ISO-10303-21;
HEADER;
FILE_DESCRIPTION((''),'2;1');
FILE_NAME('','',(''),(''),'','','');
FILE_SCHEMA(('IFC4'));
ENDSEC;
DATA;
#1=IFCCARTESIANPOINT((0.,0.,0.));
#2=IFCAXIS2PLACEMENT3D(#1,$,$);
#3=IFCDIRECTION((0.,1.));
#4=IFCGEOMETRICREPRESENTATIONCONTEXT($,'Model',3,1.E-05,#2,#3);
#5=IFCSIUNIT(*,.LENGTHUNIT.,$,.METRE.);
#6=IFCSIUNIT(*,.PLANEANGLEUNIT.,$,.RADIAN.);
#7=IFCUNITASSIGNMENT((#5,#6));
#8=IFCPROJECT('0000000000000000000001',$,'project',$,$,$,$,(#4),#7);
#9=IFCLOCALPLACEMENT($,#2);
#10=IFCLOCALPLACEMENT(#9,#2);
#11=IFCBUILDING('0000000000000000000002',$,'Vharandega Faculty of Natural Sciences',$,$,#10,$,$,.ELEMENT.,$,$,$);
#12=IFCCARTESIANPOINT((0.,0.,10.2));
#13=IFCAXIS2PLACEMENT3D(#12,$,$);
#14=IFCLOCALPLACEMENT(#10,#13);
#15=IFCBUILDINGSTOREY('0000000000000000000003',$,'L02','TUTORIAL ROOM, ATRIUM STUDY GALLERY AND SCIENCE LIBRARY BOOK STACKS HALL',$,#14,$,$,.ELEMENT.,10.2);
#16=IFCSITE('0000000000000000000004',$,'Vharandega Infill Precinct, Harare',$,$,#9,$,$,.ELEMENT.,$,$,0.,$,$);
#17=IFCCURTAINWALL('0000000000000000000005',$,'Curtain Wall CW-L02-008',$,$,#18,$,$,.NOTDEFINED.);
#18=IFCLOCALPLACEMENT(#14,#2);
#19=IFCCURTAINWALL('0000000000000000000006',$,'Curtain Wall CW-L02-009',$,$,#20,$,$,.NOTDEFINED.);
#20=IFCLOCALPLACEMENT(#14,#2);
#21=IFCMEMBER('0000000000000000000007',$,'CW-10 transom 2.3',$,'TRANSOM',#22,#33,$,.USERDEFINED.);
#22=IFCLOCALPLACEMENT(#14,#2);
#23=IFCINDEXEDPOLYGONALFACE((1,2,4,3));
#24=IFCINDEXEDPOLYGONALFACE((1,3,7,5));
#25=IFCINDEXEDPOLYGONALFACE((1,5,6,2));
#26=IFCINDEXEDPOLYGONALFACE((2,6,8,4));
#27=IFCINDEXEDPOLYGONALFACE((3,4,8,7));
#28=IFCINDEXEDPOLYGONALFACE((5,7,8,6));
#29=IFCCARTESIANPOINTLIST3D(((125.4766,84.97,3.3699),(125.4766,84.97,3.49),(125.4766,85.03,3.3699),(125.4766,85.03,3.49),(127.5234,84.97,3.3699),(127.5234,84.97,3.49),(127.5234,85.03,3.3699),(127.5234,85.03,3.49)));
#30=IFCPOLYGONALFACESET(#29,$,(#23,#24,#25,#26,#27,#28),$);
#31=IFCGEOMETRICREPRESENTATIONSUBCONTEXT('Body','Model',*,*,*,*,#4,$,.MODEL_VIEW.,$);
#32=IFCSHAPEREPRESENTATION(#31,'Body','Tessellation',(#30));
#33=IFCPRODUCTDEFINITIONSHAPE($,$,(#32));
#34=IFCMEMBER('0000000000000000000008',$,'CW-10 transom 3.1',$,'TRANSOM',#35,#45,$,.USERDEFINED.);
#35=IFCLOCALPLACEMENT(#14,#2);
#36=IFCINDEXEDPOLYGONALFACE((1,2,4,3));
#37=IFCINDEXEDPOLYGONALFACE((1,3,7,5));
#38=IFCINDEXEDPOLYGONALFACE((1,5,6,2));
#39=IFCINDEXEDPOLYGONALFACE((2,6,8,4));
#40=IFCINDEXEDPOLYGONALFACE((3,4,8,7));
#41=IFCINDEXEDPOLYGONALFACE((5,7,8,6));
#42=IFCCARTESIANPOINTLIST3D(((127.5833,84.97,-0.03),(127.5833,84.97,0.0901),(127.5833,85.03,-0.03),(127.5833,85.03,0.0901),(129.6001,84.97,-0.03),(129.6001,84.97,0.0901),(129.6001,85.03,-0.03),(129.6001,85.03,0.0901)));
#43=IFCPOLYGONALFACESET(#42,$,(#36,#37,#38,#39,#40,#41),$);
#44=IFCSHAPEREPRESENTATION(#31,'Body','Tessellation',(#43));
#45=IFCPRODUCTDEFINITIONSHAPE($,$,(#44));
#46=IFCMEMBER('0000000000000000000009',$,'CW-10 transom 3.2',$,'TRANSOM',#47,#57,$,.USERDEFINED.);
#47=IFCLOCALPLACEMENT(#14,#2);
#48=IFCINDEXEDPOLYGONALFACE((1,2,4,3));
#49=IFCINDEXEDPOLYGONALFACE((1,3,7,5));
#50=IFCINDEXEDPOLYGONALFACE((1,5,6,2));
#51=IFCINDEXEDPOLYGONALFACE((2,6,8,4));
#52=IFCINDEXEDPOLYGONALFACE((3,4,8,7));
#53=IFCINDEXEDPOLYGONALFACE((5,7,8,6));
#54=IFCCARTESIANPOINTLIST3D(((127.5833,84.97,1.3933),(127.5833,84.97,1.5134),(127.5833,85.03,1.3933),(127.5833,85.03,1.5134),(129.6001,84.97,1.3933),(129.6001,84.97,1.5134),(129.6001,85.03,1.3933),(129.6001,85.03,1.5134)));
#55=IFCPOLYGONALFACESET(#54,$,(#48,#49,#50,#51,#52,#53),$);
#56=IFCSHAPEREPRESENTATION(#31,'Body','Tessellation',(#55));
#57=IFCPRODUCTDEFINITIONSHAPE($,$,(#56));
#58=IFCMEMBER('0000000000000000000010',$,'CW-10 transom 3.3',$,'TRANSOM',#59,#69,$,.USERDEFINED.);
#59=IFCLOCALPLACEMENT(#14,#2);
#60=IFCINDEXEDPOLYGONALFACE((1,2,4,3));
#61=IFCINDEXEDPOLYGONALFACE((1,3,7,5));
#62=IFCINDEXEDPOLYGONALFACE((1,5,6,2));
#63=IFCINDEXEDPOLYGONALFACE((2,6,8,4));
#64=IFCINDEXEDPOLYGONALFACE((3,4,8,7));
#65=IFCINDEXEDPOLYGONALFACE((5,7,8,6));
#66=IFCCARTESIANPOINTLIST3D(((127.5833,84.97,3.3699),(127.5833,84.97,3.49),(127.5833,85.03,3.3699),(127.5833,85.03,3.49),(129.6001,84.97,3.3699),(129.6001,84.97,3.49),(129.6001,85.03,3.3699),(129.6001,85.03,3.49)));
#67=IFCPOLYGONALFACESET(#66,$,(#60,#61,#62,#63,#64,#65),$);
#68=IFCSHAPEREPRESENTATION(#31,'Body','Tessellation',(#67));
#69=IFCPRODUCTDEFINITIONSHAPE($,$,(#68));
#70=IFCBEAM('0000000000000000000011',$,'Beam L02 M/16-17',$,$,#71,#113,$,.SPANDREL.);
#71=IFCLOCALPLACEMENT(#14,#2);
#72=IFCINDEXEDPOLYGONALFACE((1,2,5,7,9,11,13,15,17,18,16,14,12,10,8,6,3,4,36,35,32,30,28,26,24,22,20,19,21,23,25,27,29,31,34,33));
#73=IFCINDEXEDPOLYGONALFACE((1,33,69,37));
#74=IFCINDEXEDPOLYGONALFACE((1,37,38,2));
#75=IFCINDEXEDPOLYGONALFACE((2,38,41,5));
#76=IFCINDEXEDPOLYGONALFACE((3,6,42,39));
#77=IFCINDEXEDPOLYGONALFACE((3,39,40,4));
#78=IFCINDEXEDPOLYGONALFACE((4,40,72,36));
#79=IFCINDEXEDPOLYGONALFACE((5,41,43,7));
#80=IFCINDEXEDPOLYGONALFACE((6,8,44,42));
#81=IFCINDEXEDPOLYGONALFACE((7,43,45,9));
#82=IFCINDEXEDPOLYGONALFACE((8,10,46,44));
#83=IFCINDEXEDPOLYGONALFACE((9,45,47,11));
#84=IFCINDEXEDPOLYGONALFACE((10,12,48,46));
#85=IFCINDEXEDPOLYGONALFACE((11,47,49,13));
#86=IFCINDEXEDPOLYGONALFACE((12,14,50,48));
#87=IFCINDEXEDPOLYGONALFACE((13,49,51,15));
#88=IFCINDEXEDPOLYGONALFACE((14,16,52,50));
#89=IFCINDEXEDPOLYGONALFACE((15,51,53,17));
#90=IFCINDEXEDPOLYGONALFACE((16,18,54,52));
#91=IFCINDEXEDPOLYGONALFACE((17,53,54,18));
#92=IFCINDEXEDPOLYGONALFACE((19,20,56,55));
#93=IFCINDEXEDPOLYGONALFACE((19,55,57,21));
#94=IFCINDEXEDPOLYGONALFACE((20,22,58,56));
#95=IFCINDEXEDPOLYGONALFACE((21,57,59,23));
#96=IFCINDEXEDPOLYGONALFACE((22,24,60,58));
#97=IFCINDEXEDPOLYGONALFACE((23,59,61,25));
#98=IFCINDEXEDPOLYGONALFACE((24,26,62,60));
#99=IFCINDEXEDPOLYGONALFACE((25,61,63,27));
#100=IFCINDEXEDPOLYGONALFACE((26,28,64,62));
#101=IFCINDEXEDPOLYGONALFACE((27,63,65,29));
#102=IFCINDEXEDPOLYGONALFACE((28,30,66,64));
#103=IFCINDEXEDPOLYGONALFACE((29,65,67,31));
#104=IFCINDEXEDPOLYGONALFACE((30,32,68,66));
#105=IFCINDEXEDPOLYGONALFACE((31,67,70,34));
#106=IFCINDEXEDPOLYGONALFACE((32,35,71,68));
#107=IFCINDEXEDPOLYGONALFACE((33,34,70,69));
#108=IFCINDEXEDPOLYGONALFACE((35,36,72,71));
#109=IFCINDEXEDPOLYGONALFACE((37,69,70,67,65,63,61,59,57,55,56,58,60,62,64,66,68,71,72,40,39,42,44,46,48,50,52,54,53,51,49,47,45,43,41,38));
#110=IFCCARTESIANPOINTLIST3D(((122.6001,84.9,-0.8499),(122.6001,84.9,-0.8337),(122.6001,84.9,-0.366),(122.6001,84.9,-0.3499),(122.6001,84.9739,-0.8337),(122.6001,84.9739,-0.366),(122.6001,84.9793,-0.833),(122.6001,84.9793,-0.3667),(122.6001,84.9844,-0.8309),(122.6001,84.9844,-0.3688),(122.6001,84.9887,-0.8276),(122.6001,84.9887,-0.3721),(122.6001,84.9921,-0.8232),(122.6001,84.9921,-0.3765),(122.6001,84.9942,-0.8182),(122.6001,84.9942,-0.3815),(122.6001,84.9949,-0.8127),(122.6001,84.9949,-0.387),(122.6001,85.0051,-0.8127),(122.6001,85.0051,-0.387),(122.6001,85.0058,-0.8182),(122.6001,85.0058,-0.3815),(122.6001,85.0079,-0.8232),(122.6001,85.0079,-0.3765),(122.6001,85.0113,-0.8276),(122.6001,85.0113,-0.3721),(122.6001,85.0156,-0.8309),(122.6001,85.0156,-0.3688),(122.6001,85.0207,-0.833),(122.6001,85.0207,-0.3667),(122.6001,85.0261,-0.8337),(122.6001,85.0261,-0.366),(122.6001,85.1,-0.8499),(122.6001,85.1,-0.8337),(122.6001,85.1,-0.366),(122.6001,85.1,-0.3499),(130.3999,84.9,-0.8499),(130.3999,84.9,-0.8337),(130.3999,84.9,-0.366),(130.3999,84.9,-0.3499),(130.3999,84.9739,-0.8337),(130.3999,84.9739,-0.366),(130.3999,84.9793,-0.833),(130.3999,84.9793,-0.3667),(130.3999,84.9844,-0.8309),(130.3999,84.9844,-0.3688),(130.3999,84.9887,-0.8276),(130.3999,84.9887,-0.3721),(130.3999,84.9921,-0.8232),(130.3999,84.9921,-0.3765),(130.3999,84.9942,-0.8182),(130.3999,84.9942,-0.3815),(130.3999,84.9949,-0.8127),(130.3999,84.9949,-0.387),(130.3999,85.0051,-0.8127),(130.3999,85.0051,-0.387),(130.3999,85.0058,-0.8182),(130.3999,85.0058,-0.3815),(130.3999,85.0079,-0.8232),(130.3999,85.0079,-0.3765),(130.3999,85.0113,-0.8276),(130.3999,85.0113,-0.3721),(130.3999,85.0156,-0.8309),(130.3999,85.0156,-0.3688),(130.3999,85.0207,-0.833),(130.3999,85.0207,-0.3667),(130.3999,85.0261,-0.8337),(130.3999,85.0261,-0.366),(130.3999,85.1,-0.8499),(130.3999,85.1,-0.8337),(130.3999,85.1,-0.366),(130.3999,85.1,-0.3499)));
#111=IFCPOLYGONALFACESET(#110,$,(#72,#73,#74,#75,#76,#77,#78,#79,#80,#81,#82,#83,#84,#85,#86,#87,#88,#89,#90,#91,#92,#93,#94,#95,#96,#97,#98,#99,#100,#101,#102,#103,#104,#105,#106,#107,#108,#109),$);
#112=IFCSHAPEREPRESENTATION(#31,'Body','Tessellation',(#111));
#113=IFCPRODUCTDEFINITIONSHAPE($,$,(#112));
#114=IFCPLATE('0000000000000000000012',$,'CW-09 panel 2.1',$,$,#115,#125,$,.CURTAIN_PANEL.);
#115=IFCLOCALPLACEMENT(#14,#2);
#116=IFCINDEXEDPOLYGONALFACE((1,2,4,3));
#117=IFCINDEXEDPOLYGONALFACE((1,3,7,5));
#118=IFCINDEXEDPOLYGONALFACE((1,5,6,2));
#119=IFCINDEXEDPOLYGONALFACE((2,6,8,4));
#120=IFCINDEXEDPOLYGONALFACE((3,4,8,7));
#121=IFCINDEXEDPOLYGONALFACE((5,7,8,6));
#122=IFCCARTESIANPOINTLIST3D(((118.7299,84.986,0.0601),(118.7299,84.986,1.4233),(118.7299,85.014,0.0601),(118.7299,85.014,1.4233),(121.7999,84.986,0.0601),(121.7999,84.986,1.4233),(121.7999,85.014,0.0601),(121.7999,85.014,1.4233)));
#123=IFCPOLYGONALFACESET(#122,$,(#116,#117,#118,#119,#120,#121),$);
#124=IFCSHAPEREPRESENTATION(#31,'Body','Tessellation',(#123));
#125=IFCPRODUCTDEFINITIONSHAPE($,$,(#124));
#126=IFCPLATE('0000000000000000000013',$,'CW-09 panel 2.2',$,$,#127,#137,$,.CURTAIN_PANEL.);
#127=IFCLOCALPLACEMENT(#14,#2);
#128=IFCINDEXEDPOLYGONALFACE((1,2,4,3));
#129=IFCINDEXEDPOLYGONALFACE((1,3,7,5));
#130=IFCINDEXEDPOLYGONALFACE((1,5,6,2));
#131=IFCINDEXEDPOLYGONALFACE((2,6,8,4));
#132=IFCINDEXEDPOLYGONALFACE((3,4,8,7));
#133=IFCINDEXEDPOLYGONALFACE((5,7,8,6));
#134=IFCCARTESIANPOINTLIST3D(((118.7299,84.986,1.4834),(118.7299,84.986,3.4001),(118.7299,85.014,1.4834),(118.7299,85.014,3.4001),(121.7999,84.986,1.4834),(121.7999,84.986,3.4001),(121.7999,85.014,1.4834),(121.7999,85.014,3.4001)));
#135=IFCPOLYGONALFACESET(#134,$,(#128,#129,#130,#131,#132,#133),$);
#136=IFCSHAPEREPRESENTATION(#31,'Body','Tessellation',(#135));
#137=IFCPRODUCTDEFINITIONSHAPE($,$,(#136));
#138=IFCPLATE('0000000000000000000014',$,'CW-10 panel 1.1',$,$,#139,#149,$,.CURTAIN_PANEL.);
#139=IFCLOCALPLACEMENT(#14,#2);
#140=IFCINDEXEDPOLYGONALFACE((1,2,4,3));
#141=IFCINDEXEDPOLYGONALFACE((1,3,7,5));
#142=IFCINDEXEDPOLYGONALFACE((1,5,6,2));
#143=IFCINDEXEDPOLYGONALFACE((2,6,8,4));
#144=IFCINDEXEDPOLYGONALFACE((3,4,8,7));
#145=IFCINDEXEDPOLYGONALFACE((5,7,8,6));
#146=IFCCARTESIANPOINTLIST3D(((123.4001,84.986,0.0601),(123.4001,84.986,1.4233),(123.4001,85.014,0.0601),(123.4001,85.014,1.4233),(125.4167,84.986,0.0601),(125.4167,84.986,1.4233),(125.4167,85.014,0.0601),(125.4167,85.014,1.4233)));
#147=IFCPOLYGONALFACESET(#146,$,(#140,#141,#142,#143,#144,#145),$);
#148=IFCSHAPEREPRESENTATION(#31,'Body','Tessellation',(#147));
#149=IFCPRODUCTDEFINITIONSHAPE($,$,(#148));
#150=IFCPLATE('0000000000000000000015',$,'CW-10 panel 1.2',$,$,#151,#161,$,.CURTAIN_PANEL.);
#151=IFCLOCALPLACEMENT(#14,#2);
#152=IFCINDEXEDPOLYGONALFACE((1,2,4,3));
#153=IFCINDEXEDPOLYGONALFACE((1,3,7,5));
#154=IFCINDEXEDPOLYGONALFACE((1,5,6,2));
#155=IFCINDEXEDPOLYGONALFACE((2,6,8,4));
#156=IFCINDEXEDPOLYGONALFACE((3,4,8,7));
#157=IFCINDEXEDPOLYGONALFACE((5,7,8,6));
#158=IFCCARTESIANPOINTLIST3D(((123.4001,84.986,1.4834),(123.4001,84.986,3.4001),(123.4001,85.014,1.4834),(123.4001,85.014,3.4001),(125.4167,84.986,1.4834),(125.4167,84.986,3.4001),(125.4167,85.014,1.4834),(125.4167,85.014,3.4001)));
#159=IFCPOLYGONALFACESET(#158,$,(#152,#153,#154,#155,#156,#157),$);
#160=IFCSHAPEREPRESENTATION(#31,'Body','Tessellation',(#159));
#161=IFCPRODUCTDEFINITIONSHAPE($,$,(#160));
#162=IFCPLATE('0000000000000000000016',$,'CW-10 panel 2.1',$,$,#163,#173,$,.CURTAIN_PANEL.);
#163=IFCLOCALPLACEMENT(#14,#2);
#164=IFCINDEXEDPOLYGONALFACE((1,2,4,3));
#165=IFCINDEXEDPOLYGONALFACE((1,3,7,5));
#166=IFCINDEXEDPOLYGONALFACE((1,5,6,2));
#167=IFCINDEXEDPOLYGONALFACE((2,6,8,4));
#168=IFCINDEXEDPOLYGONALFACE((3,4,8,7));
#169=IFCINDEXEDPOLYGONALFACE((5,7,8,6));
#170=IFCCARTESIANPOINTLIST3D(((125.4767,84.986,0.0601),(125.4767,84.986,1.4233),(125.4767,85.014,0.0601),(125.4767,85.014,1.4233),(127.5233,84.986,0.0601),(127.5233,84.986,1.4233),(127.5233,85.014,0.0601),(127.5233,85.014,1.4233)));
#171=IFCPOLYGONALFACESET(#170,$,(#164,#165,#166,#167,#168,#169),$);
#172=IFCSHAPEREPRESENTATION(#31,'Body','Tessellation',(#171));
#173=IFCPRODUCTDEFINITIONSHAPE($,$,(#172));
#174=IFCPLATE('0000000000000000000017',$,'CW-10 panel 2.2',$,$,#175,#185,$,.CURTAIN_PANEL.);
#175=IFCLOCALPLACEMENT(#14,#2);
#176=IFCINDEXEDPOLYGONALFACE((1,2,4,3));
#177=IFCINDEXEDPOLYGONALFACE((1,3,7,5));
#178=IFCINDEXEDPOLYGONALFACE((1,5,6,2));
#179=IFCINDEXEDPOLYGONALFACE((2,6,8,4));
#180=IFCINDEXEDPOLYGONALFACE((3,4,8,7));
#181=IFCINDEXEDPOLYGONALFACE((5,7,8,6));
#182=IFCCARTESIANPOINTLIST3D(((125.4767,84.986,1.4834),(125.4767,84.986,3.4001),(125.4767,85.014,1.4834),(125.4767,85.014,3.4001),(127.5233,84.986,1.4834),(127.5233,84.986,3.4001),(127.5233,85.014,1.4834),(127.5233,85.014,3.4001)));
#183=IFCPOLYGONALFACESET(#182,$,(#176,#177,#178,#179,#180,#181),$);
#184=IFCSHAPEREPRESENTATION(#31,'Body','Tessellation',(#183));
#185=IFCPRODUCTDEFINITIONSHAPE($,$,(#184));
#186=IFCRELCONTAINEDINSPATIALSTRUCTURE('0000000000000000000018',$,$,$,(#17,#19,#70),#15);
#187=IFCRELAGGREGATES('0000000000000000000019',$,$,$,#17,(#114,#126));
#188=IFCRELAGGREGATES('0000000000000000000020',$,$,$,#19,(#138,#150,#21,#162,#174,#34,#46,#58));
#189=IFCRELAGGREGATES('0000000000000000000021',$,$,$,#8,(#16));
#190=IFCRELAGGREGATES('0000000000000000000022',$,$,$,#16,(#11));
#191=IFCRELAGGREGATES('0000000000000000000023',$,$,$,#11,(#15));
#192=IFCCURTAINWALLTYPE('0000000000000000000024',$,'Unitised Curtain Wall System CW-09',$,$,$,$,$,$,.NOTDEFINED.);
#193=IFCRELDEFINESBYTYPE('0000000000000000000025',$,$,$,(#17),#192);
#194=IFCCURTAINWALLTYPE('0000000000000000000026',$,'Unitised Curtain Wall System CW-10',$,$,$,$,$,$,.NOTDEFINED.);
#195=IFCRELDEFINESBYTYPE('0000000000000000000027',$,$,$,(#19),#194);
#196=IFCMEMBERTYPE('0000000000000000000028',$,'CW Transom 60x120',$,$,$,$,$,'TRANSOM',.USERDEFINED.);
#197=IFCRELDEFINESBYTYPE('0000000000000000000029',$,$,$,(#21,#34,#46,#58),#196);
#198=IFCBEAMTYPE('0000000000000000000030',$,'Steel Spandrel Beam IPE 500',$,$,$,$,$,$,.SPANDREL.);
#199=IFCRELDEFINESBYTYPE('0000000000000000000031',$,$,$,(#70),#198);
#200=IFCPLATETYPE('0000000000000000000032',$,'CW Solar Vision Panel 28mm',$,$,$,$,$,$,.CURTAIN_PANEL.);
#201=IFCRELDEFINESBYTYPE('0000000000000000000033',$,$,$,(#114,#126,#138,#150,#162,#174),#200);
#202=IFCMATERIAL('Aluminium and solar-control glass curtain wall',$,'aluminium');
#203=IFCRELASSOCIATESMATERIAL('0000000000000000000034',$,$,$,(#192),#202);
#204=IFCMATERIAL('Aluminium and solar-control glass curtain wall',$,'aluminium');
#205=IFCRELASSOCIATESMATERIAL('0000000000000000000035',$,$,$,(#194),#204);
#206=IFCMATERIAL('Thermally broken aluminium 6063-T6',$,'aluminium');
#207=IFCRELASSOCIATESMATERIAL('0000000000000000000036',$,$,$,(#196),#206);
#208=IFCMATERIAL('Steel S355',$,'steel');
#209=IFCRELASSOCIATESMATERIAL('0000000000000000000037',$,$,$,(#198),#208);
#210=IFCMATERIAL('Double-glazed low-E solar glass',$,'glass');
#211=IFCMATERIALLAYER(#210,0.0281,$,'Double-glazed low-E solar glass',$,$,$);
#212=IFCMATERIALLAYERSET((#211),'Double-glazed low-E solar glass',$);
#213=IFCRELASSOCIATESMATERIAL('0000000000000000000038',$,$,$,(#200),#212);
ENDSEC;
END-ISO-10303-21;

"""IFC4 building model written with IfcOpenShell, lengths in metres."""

from ifc_helpers import new_model, si_unit, direction, frame, origin, origin_2d, place, context, subcontext, project, spatial, rectangle, i_section, extrude, material, layer, layer_set, material_profile, profile_set, type_object, element, aggregate, save


model = new_model("IFC4")

# Units and contexts
model_context = context("Model", 3, precision=1e-05, world=origin(), true_north=direction((0.0, 1.0)))
body_context = subcontext(model_context, "Body", "Model", "MODEL_VIEW")
ifc_project = project(units=[si_unit("LENGTHUNIT", "METRE"), si_unit("PLANEANGLEUNIT", "RADIAN")], contexts=[model_context])

# Site, building, storey
site_placement = place(None, origin())
site = spatial("IfcSite", under=ifc_project, at=site_placement, Name="Vharandega Infill Precinct, Harare", CompositionType="ELEMENT", RefElevation=0.0)
building_placement = place(site_placement, origin())
building = spatial("IfcBuilding", under=site, at=building_placement, Name="Vharandega Faculty of Natural Sciences", CompositionType="ELEMENT")
storey_placement = place(building_placement, frame((0.0, 0.0, 10.2)))
storey = spatial("IfcBuildingStorey", under=building, at=storey_placement, Name="L02", Description="TUTORIAL ROOM, ATRIUM STUDY GALLERY AND SCIENCE LIBRARY BOOK STACKS HALL", CompositionType="ELEMENT", Elevation=10.2)

# Curtain walls
ifc_material_1 = material(Name="Aluminium and solar-control glass curtain wall", Category="aluminium")
curtain_wall_type_1 = type_object("IfcCurtainWallType", Name="Unitised Curtain Wall System CW-09", PredefinedType="NOTDEFINED", material=ifc_material_1)
curtain_wall_1_placement = place(storey_placement, origin())
curtain_wall_1 = element("IfcCurtainWall", 1, at=curtain_wall_1_placement, inside=storey, type_object=curtain_wall_type_1, Name="Curtain Wall CW-L02-008", PredefinedType="NOTDEFINED")
ifc_material_2 = material(Name="Aluminium and solar-control glass curtain wall", Category="aluminium")
curtain_wall_type_2 = type_object("IfcCurtainWallType", Name="Unitised Curtain Wall System CW-10", PredefinedType="NOTDEFINED", material=ifc_material_2)
curtain_wall_2_placement = place(storey_placement, origin())
curtain_wall_2 = element("IfcCurtainWall", 2, at=curtain_wall_2_placement, inside=storey, type_object=curtain_wall_type_2, Name="Curtain Wall CW-L02-009", PredefinedType="NOTDEFINED")

# Members
ifc_material_3 = material(Name="Thermally broken aluminium 6063-T6", Category="aluminium")
ifc_material_profile_1 = material_profile(ifc_material_3, rectangle(XDim=0.0601, YDim=0.1201, at=origin_2d()), Name="ALU 60x120")
ifc_profile_set_1 = profile_set([ifc_material_profile_1], Name="Thermally broken aluminium 6063-T6")
member_type_1 = type_object("IfcMemberType", Name="CW Transom 60x120", ElementType="TRANSOM", PredefinedType="USERDEFINED", material=ifc_profile_set_1)
member_1_placement = place(storey_placement, frame((125.4766, 85.0, 3.4299), z_axis=(1.0, 0.0, 0.0), x_axis=(0.0, 1.0, 0.0)))
member_1 = element("IfcMember", 3, at=member_1_placement, type_object=member_type_1, Name="CW-10 transom 2.3", ObjectType="TRANSOM", PredefinedType="USERDEFINED", context=body_context, shape_type="SweptSolid", body=[
    extrude(rectangle(XDim=0.0601, YDim=0.1201, at=origin_2d()), origin(), (0.0, 0.0, 1.0), 2.0469),
])
member_2_placement = place(storey_placement, frame((127.5833, 85.0, 0.03), z_axis=(1.0, 0.0, 0.0), x_axis=(0.0, 1.0, 0.0)))
member_2 = element("IfcMember", 4, at=member_2_placement, type_object=member_type_1, Name="CW-10 transom 3.1", ObjectType="TRANSOM", PredefinedType="USERDEFINED", context=body_context, shape_type="SweptSolid", body=[
    extrude(rectangle(XDim=0.0601, YDim=0.1201, at=origin_2d()), origin(), (0.0, 0.0, 1.0), 2.0168),
])
member_3_placement = place(storey_placement, frame((127.5833, 85.0, 1.4534), z_axis=(1.0, 0.0, 0.0), x_axis=(0.0, 1.0, 0.0)))
member_3 = element("IfcMember", 5, at=member_3_placement, type_object=member_type_1, Name="CW-10 transom 3.2", ObjectType="TRANSOM", PredefinedType="USERDEFINED", context=body_context, shape_type="SweptSolid", body=[
    extrude(rectangle(XDim=0.0601, YDim=0.1201, at=origin_2d()), origin(), (0.0, 0.0, 1.0), 2.0168),
])
member_4_placement = place(storey_placement, frame((127.5833, 85.0, 3.4299), z_axis=(1.0, 0.0, 0.0), x_axis=(0.0, 1.0, 0.0)))
member_4 = element("IfcMember", 6, at=member_4_placement, type_object=member_type_1, Name="CW-10 transom 3.3", ObjectType="TRANSOM", PredefinedType="USERDEFINED", context=body_context, shape_type="SweptSolid", body=[
    extrude(rectangle(XDim=0.0601, YDim=0.1201, at=origin_2d()), origin(), (0.0, 0.0, 1.0), 2.0168),
])

# Beam
ifc_material_4 = material(Name="Steel S355", Category="steel")
ifc_material_profile_2 = material_profile(ifc_material_4, i_section(OverallWidth=0.2, OverallDepth=0.5, WebThickness=0.0103, FlangeThickness=0.0161, FilletRadius=0.021, at=origin_2d()), Name="IPE 500")
ifc_profile_set_2 = profile_set([ifc_material_profile_2], Name="Steel S355")
beam_type = type_object("IfcBeamType", Name="Steel Spandrel Beam IPE 500", PredefinedType="SPANDREL", material=ifc_profile_set_2)
beam_placement = place(storey_placement, frame((122.6001, 85.0, -0.5999), z_axis=(1.0, 0.0, 0.0), x_axis=(0.0, 1.0, 0.0)))
element("IfcBeam", 7, at=beam_placement, inside=storey, type_object=beam_type, Name="Beam L02 M/16-17", PredefinedType="SPANDREL", context=body_context, shape_type="SweptSolid", body=[
    extrude(i_section(OverallWidth=0.2, OverallDepth=0.5, WebThickness=0.0103, FlangeThickness=0.0161, FilletRadius=0.021, at=origin_2d()), origin(), (0.0, 0.0, 1.0), 7.7998),
])

# Plates
ifc_material_5 = material(Name="Double-glazed low-E solar glass", Category="glass")
ifc_layer = layer(ifc_material_5, 0.0281, Name="Double-glazed low-E solar glass")
ifc_layer_set = layer_set([ifc_layer], Name="Double-glazed low-E solar glass")
plate_type = type_object("IfcPlateType", Name="CW Solar Vision Panel 28mm", PredefinedType="CURTAIN_PANEL", material=ifc_layer_set)
plate_1_placement = place(storey_placement, frame((120.2649, 85.0, 0.0601), z_axis=(0.0, 0.0, 1.0), x_axis=(1.0, 0.0, 0.0)))
plate_1 = element("IfcPlate", 8, at=plate_1_placement, type_object=plate_type, Name="CW-09 panel 2.1", PredefinedType="CURTAIN_PANEL", context=body_context, shape_type="SweptSolid", body=[
    extrude(rectangle(XDim=3.0701, YDim=0.0281, at=origin_2d()), origin(), (0.0, 0.0, 1.0), 1.3633),
])
plate_2_placement = place(storey_placement, frame((120.2649, 85.0, 1.4834), z_axis=(0.0, 0.0, 1.0), x_axis=(1.0, 0.0, 0.0)))
plate_2 = element("IfcPlate", 9, at=plate_2_placement, type_object=plate_type, Name="CW-09 panel 2.2", PredefinedType="CURTAIN_PANEL", context=body_context, shape_type="SweptSolid", body=[
    extrude(rectangle(XDim=3.0701, YDim=0.0281, at=origin_2d()), origin(), (0.0, 0.0, 1.0), 1.9167),
])
aggregate(curtain_wall_1, [plate_1, plate_2])
plate_3_placement = place(storey_placement, frame((124.4084, 85.0, 0.0601), z_axis=(0.0, 0.0, 1.0), x_axis=(1.0, 0.0, 0.0)))
plate_3 = element("IfcPlate", 10, at=plate_3_placement, type_object=plate_type, Name="CW-10 panel 1.1", PredefinedType="CURTAIN_PANEL", context=body_context, shape_type="SweptSolid", body=[
    extrude(rectangle(XDim=2.0166, YDim=0.0281, at=origin_2d()), origin(), (0.0, 0.0, 1.0), 1.3633),
])
plate_4_placement = place(storey_placement, frame((124.4084, 85.0, 1.4834), z_axis=(0.0, 0.0, 1.0), x_axis=(1.0, 0.0, 0.0)))
plate_4 = element("IfcPlate", 11, at=plate_4_placement, type_object=plate_type, Name="CW-10 panel 1.2", PredefinedType="CURTAIN_PANEL", context=body_context, shape_type="SweptSolid", body=[
    extrude(rectangle(XDim=2.0166, YDim=0.0281, at=origin_2d()), origin(), (0.0, 0.0, 1.0), 1.9167),
])
plate_5_placement = place(storey_placement, frame((126.5, 85.0, 0.0601), z_axis=(0.0, 0.0, 1.0), x_axis=(1.0, 0.0, 0.0)))
plate_5 = element("IfcPlate", 12, at=plate_5_placement, type_object=plate_type, Name="CW-10 panel 2.1", PredefinedType="CURTAIN_PANEL", context=body_context, shape_type="SweptSolid", body=[
    extrude(rectangle(XDim=2.0466, YDim=0.0281, at=origin_2d()), origin(), (0.0, 0.0, 1.0), 1.3633),
])
plate_6_placement = place(storey_placement, frame((126.5, 85.0, 1.4834), z_axis=(0.0, 0.0, 1.0), x_axis=(1.0, 0.0, 0.0)))
plate_6 = element("IfcPlate", 13, at=plate_6_placement, type_object=plate_type, Name="CW-10 panel 2.2", PredefinedType="CURTAIN_PANEL", context=body_context, shape_type="SweptSolid", body=[
    extrude(rectangle(XDim=2.0466, YDim=0.0281, at=origin_2d()), origin(), (0.0, 0.0, 1.0), 1.9167),
])
aggregate(curtain_wall_2, [plate_3, plate_4, member_1, plate_5, plate_6, member_2, member_3, member_4])

save(model, "model.ifc")
